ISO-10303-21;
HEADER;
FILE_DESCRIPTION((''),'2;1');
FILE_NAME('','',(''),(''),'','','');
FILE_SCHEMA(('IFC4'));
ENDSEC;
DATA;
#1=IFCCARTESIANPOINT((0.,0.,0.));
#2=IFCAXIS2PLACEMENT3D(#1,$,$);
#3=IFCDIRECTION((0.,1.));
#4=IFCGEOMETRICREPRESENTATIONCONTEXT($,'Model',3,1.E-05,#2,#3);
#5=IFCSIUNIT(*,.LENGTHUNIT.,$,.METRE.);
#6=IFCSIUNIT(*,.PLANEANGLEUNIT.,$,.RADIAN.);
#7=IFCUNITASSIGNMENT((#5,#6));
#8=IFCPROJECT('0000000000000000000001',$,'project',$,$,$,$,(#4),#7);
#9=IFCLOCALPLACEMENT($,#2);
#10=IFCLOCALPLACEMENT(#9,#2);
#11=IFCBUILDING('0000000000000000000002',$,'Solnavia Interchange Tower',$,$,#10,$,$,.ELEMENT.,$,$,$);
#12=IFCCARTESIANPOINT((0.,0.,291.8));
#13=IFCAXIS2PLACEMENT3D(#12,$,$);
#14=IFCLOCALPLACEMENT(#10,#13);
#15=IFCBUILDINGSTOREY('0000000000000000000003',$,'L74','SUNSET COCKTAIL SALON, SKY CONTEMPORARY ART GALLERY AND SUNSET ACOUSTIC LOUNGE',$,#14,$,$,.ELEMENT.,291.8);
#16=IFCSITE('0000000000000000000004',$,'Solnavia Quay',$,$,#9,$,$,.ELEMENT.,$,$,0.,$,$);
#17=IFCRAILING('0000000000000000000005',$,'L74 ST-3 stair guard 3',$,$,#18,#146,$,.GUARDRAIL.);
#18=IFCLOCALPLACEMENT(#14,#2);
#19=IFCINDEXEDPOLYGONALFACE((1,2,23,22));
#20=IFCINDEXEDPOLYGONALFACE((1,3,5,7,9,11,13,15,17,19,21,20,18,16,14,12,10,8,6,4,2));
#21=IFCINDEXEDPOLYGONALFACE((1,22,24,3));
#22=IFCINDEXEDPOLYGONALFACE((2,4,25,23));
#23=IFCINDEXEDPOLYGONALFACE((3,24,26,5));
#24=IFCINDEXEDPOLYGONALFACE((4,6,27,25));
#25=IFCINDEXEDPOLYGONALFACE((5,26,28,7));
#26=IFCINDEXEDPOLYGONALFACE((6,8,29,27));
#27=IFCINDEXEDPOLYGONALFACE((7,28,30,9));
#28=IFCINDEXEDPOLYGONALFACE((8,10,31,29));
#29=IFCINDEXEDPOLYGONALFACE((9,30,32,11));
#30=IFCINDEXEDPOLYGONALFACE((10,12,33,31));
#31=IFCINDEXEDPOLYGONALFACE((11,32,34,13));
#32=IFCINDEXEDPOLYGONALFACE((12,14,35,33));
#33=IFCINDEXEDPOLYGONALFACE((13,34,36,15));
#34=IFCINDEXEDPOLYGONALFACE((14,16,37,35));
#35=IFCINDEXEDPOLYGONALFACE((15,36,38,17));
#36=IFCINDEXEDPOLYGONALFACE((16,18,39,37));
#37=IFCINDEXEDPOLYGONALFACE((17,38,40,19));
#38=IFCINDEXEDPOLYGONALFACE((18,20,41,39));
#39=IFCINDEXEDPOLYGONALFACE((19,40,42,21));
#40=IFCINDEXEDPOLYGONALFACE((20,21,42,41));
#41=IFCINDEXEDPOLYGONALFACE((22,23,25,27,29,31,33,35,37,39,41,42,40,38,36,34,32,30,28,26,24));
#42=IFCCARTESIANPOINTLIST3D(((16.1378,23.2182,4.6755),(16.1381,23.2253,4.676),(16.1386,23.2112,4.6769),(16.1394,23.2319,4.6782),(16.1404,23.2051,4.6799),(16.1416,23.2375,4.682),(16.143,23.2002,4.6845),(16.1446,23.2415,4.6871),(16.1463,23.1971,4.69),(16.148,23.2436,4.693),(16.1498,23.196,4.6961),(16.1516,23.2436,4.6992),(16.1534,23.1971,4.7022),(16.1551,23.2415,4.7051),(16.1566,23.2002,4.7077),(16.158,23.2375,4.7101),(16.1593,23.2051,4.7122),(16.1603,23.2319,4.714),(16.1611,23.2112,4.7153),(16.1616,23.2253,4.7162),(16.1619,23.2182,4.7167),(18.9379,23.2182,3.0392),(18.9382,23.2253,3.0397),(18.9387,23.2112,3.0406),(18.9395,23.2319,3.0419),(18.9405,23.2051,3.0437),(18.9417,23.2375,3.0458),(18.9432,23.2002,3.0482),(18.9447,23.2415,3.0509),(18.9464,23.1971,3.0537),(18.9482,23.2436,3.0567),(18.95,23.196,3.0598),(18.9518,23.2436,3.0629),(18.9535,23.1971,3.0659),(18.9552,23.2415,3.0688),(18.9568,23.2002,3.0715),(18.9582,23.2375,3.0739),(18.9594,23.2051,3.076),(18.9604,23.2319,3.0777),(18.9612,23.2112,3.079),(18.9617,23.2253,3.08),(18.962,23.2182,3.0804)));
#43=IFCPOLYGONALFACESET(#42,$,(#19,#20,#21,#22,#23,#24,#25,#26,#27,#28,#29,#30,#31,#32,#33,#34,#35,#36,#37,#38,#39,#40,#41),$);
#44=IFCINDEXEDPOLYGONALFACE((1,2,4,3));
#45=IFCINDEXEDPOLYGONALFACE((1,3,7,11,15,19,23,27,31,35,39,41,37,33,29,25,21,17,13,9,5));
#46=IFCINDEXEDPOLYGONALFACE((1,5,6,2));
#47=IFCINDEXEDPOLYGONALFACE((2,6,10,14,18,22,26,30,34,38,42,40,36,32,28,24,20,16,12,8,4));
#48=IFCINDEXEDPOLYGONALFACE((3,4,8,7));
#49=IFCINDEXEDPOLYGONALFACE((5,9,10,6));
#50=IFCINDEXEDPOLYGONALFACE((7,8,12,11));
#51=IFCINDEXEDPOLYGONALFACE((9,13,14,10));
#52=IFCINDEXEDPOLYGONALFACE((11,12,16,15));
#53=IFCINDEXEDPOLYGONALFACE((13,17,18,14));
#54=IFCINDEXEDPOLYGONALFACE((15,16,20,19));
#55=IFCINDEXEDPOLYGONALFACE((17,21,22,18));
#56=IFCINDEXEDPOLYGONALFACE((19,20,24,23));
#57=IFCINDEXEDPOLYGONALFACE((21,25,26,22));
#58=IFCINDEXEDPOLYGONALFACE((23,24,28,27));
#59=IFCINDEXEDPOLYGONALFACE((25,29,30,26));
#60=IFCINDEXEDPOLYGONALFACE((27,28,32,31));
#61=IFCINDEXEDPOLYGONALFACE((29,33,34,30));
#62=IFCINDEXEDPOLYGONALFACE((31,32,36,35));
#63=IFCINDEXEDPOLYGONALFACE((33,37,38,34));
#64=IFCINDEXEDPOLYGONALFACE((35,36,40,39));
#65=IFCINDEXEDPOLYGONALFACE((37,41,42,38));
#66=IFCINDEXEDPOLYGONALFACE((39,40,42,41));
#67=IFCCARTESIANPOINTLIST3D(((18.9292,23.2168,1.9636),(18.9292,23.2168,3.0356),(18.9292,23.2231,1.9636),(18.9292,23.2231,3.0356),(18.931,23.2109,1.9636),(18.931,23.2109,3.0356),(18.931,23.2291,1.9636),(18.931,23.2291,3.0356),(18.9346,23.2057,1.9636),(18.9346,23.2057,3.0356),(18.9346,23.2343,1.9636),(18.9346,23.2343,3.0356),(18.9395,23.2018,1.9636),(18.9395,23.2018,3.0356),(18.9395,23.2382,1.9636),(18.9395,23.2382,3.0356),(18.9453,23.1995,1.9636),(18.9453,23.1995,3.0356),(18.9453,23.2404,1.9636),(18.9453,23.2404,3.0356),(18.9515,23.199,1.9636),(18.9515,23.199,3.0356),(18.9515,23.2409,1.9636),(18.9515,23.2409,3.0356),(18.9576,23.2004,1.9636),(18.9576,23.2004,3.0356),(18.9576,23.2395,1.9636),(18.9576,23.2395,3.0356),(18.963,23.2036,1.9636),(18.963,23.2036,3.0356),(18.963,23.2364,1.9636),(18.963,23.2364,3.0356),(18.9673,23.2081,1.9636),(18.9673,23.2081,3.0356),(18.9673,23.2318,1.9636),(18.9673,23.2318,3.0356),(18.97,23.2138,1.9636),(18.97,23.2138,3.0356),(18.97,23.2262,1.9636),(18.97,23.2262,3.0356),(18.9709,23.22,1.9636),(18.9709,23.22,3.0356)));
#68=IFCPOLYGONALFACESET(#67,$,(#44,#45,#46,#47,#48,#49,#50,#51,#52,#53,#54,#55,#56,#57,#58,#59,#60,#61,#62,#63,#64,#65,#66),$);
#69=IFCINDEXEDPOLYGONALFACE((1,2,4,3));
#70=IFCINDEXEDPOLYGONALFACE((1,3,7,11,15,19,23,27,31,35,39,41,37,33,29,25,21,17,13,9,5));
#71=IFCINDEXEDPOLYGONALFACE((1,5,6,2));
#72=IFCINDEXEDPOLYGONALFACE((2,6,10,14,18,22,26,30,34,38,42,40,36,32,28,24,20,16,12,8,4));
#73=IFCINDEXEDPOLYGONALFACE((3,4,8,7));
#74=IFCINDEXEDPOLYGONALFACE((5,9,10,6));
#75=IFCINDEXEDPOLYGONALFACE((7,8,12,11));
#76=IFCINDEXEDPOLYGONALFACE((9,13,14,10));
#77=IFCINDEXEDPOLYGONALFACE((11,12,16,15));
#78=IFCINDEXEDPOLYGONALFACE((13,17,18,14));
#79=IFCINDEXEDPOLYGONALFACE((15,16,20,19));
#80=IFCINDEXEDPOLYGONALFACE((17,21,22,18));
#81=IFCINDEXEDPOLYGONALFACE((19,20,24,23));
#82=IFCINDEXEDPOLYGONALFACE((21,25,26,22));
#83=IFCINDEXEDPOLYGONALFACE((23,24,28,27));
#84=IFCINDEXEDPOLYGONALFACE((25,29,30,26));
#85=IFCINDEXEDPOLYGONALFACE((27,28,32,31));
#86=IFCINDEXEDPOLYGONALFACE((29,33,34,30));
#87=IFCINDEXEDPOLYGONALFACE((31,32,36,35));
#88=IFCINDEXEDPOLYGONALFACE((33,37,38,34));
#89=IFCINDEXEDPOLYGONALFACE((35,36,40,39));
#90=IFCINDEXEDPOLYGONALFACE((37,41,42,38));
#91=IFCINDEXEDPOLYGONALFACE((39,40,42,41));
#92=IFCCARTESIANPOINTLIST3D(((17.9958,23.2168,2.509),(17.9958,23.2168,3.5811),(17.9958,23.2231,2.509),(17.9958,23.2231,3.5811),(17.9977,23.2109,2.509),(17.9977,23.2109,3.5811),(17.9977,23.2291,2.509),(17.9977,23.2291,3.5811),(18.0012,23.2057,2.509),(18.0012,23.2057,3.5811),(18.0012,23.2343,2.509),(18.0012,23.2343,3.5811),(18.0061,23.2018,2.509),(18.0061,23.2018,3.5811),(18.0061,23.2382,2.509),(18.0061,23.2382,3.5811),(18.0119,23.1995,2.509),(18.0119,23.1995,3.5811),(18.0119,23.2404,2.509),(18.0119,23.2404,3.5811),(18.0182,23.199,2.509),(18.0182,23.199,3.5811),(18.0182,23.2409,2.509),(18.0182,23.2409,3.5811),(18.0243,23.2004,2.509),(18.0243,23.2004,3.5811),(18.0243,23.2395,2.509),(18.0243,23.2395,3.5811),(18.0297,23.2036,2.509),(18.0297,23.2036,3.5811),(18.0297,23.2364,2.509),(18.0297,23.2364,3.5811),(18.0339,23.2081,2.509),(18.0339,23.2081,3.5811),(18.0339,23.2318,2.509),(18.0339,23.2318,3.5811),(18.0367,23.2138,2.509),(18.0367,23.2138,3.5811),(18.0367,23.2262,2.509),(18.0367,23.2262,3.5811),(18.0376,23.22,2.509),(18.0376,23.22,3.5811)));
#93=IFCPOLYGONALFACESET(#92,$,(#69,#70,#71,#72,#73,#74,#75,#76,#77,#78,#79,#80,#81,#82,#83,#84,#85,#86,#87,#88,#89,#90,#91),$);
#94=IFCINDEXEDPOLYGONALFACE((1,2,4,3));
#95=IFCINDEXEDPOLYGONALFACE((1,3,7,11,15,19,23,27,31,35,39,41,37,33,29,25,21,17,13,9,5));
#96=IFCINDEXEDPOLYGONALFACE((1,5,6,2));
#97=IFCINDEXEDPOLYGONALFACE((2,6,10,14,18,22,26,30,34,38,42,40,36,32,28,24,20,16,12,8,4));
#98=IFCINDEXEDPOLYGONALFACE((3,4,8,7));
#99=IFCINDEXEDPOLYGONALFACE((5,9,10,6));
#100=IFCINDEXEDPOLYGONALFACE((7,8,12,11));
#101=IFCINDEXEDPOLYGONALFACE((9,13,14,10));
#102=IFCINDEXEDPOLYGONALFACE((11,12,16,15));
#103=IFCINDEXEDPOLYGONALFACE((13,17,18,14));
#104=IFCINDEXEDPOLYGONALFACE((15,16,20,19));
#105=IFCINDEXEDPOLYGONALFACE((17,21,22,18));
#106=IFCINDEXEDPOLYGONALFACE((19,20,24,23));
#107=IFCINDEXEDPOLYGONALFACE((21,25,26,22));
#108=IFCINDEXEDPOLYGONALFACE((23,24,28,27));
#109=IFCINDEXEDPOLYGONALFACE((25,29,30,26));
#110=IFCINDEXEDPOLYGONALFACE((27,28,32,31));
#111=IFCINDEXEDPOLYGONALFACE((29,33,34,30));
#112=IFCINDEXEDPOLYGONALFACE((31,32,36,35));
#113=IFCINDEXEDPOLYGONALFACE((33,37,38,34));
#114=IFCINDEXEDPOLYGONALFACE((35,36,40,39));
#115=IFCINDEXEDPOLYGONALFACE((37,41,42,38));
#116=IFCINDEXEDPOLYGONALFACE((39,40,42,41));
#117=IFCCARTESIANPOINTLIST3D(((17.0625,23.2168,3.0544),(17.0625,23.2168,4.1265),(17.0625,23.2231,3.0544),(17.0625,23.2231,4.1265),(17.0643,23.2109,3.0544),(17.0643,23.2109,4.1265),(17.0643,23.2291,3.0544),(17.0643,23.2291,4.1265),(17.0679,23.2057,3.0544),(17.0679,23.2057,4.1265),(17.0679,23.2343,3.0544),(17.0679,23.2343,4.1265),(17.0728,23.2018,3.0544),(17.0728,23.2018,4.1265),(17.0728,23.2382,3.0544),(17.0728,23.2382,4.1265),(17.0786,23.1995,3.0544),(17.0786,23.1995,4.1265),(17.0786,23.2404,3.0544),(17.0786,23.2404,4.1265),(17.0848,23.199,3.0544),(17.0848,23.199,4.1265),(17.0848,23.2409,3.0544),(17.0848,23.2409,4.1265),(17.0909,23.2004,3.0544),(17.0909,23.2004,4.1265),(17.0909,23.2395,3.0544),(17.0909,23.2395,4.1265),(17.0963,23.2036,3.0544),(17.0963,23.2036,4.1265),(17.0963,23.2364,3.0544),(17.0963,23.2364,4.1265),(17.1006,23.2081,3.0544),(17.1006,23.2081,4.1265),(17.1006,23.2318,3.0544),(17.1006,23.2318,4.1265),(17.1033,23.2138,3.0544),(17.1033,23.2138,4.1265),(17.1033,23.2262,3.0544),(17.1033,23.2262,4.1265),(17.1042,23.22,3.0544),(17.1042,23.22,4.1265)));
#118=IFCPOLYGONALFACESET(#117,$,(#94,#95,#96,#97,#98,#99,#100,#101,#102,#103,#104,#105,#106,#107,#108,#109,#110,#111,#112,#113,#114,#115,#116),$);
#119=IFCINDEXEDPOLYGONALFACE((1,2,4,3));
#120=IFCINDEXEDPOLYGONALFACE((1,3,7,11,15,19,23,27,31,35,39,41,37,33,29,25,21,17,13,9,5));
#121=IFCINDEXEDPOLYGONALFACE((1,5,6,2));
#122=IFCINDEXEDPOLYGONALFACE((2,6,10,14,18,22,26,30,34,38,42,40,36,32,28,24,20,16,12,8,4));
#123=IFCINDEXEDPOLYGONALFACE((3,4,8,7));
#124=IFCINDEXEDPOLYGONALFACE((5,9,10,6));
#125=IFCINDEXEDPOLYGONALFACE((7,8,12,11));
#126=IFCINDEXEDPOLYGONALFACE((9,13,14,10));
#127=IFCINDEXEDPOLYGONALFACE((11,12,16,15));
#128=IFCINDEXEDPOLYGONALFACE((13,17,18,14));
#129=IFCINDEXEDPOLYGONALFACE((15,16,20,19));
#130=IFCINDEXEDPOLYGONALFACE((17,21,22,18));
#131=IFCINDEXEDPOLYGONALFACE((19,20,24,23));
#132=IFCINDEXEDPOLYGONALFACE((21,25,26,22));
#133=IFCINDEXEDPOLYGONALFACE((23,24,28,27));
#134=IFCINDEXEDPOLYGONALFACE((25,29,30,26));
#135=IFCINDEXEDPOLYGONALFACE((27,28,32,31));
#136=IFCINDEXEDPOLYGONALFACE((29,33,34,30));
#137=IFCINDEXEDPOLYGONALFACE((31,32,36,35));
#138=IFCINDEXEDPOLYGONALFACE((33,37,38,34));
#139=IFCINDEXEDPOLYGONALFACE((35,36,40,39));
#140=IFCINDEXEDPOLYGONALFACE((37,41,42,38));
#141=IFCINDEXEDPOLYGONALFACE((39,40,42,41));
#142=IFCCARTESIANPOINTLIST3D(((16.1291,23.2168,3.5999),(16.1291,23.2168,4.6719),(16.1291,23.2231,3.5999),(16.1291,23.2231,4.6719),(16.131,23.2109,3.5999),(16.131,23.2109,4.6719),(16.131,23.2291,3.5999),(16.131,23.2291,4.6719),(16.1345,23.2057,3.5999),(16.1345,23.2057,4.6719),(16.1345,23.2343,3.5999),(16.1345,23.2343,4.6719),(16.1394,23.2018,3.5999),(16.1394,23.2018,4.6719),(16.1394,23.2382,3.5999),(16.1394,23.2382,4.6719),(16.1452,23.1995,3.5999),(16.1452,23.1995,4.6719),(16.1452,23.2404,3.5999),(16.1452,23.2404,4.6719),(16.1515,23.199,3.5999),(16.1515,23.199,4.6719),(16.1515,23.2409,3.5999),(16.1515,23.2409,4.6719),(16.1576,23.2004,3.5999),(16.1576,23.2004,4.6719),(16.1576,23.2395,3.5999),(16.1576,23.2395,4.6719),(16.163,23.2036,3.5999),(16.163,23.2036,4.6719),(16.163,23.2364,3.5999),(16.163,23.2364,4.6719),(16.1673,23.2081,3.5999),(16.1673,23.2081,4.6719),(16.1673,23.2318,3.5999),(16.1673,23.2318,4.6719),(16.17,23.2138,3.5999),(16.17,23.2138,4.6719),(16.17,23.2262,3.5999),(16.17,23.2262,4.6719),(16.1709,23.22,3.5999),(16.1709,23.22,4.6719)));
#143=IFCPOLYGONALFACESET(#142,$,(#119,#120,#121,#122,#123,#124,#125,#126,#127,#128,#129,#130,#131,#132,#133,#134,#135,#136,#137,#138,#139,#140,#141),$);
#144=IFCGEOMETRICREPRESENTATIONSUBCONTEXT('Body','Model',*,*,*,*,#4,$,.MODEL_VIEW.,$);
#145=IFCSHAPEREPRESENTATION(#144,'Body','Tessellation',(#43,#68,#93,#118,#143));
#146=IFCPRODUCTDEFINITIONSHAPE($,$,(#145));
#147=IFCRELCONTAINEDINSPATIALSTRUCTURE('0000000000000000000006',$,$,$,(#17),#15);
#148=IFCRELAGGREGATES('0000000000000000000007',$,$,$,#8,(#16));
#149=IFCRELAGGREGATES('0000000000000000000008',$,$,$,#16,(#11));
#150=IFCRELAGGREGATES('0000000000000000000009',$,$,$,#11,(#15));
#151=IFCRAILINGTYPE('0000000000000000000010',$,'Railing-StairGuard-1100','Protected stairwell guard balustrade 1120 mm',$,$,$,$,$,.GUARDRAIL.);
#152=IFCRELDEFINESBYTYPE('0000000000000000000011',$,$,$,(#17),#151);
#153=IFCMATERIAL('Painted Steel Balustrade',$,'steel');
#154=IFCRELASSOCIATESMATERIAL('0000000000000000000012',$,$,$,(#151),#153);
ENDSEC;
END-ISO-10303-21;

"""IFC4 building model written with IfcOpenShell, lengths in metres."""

from ifc_helpers import new_model, si_unit, direction, frame, origin, origin_2d, place, context, subcontext, project, spatial, circle, extrude, material, type_object, element, save


model = new_model("IFC4")

# Units and contexts
model_context = context("Model", 3, precision=1e-05, world=origin(), true_north=direction((0.0, 1.0)))
body_context = subcontext(model_context, "Body", "Model", "MODEL_VIEW")
ifc_project = project(units=[si_unit("LENGTHUNIT", "METRE"), si_unit("PLANEANGLEUNIT", "RADIAN")], contexts=[model_context])

# Site, building, storey
site_placement = place(None, origin())
site = spatial("IfcSite", under=ifc_project, at=site_placement, Name="Solnavia Quay", CompositionType="ELEMENT", RefElevation=0.0)
building_placement = place(site_placement, origin())
building = spatial("IfcBuilding", under=site, at=building_placement, Name="Solnavia Interchange Tower", CompositionType="ELEMENT")
storey_placement = place(building_placement, frame((0.0, 0.0, 291.8)))
storey = spatial("IfcBuildingStorey", under=building, at=storey_placement, Name="L74", Description="SUNSET COCKTAIL SALON, SKY CONTEMPORARY ART GALLERY AND SUNSET ACOUSTIC LOUNGE", CompositionType="ELEMENT", Elevation=291.8)

# Railing
ifc_material_1 = material(Name="Painted Steel Balustrade", Category="steel")
railing_type_1 = type_object("IfcRailingType", Name="Railing-StairGuard-1100", Description="Protected stairwell guard balustrade 1120 mm", PredefinedType="GUARDRAIL", material=ifc_material_1)
railing_1_placement = place(storey_placement, frame((18.95, 23.22, 1.9636)))
element("IfcRailing", 1, at=railing_1_placement, inside=storey, type_object=railing_type_1, Name="L74 ST-3 stair guard 3", PredefinedType="GUARDRAIL", context=body_context, shape_type="SweptSolid", body=[
    extrude(circle(Radius=0.0239, at=origin_2d()), frame((0.0, 0.0, 1.0962), z_axis=(-0.863394, 0.0, 0.504531), x_axis=(0.0, -1.0, 0.0)), (0.0, 0.0, 1.0), 3.2432),
    extrude(circle(Radius=0.021, at=origin_2d()), origin(), (0.0, 0.0, 1.0), 1.072),
    extrude(circle(Radius=0.021, at=origin_2d()), frame((-0.9333, 0.0, 0.5454)), (0.0, 0.0, 1.0), 1.072),
    extrude(circle(Radius=0.021, at=origin_2d()), frame((-1.8667, 0.0, 1.0908)), (0.0, 0.0, 1.0), 1.072),
    extrude(circle(Radius=0.021, at=origin_2d()), frame((-2.8, 0.0, 1.6362)), (0.0, 0.0, 1.0), 1.072),
])

save(model, "model.ifc")
